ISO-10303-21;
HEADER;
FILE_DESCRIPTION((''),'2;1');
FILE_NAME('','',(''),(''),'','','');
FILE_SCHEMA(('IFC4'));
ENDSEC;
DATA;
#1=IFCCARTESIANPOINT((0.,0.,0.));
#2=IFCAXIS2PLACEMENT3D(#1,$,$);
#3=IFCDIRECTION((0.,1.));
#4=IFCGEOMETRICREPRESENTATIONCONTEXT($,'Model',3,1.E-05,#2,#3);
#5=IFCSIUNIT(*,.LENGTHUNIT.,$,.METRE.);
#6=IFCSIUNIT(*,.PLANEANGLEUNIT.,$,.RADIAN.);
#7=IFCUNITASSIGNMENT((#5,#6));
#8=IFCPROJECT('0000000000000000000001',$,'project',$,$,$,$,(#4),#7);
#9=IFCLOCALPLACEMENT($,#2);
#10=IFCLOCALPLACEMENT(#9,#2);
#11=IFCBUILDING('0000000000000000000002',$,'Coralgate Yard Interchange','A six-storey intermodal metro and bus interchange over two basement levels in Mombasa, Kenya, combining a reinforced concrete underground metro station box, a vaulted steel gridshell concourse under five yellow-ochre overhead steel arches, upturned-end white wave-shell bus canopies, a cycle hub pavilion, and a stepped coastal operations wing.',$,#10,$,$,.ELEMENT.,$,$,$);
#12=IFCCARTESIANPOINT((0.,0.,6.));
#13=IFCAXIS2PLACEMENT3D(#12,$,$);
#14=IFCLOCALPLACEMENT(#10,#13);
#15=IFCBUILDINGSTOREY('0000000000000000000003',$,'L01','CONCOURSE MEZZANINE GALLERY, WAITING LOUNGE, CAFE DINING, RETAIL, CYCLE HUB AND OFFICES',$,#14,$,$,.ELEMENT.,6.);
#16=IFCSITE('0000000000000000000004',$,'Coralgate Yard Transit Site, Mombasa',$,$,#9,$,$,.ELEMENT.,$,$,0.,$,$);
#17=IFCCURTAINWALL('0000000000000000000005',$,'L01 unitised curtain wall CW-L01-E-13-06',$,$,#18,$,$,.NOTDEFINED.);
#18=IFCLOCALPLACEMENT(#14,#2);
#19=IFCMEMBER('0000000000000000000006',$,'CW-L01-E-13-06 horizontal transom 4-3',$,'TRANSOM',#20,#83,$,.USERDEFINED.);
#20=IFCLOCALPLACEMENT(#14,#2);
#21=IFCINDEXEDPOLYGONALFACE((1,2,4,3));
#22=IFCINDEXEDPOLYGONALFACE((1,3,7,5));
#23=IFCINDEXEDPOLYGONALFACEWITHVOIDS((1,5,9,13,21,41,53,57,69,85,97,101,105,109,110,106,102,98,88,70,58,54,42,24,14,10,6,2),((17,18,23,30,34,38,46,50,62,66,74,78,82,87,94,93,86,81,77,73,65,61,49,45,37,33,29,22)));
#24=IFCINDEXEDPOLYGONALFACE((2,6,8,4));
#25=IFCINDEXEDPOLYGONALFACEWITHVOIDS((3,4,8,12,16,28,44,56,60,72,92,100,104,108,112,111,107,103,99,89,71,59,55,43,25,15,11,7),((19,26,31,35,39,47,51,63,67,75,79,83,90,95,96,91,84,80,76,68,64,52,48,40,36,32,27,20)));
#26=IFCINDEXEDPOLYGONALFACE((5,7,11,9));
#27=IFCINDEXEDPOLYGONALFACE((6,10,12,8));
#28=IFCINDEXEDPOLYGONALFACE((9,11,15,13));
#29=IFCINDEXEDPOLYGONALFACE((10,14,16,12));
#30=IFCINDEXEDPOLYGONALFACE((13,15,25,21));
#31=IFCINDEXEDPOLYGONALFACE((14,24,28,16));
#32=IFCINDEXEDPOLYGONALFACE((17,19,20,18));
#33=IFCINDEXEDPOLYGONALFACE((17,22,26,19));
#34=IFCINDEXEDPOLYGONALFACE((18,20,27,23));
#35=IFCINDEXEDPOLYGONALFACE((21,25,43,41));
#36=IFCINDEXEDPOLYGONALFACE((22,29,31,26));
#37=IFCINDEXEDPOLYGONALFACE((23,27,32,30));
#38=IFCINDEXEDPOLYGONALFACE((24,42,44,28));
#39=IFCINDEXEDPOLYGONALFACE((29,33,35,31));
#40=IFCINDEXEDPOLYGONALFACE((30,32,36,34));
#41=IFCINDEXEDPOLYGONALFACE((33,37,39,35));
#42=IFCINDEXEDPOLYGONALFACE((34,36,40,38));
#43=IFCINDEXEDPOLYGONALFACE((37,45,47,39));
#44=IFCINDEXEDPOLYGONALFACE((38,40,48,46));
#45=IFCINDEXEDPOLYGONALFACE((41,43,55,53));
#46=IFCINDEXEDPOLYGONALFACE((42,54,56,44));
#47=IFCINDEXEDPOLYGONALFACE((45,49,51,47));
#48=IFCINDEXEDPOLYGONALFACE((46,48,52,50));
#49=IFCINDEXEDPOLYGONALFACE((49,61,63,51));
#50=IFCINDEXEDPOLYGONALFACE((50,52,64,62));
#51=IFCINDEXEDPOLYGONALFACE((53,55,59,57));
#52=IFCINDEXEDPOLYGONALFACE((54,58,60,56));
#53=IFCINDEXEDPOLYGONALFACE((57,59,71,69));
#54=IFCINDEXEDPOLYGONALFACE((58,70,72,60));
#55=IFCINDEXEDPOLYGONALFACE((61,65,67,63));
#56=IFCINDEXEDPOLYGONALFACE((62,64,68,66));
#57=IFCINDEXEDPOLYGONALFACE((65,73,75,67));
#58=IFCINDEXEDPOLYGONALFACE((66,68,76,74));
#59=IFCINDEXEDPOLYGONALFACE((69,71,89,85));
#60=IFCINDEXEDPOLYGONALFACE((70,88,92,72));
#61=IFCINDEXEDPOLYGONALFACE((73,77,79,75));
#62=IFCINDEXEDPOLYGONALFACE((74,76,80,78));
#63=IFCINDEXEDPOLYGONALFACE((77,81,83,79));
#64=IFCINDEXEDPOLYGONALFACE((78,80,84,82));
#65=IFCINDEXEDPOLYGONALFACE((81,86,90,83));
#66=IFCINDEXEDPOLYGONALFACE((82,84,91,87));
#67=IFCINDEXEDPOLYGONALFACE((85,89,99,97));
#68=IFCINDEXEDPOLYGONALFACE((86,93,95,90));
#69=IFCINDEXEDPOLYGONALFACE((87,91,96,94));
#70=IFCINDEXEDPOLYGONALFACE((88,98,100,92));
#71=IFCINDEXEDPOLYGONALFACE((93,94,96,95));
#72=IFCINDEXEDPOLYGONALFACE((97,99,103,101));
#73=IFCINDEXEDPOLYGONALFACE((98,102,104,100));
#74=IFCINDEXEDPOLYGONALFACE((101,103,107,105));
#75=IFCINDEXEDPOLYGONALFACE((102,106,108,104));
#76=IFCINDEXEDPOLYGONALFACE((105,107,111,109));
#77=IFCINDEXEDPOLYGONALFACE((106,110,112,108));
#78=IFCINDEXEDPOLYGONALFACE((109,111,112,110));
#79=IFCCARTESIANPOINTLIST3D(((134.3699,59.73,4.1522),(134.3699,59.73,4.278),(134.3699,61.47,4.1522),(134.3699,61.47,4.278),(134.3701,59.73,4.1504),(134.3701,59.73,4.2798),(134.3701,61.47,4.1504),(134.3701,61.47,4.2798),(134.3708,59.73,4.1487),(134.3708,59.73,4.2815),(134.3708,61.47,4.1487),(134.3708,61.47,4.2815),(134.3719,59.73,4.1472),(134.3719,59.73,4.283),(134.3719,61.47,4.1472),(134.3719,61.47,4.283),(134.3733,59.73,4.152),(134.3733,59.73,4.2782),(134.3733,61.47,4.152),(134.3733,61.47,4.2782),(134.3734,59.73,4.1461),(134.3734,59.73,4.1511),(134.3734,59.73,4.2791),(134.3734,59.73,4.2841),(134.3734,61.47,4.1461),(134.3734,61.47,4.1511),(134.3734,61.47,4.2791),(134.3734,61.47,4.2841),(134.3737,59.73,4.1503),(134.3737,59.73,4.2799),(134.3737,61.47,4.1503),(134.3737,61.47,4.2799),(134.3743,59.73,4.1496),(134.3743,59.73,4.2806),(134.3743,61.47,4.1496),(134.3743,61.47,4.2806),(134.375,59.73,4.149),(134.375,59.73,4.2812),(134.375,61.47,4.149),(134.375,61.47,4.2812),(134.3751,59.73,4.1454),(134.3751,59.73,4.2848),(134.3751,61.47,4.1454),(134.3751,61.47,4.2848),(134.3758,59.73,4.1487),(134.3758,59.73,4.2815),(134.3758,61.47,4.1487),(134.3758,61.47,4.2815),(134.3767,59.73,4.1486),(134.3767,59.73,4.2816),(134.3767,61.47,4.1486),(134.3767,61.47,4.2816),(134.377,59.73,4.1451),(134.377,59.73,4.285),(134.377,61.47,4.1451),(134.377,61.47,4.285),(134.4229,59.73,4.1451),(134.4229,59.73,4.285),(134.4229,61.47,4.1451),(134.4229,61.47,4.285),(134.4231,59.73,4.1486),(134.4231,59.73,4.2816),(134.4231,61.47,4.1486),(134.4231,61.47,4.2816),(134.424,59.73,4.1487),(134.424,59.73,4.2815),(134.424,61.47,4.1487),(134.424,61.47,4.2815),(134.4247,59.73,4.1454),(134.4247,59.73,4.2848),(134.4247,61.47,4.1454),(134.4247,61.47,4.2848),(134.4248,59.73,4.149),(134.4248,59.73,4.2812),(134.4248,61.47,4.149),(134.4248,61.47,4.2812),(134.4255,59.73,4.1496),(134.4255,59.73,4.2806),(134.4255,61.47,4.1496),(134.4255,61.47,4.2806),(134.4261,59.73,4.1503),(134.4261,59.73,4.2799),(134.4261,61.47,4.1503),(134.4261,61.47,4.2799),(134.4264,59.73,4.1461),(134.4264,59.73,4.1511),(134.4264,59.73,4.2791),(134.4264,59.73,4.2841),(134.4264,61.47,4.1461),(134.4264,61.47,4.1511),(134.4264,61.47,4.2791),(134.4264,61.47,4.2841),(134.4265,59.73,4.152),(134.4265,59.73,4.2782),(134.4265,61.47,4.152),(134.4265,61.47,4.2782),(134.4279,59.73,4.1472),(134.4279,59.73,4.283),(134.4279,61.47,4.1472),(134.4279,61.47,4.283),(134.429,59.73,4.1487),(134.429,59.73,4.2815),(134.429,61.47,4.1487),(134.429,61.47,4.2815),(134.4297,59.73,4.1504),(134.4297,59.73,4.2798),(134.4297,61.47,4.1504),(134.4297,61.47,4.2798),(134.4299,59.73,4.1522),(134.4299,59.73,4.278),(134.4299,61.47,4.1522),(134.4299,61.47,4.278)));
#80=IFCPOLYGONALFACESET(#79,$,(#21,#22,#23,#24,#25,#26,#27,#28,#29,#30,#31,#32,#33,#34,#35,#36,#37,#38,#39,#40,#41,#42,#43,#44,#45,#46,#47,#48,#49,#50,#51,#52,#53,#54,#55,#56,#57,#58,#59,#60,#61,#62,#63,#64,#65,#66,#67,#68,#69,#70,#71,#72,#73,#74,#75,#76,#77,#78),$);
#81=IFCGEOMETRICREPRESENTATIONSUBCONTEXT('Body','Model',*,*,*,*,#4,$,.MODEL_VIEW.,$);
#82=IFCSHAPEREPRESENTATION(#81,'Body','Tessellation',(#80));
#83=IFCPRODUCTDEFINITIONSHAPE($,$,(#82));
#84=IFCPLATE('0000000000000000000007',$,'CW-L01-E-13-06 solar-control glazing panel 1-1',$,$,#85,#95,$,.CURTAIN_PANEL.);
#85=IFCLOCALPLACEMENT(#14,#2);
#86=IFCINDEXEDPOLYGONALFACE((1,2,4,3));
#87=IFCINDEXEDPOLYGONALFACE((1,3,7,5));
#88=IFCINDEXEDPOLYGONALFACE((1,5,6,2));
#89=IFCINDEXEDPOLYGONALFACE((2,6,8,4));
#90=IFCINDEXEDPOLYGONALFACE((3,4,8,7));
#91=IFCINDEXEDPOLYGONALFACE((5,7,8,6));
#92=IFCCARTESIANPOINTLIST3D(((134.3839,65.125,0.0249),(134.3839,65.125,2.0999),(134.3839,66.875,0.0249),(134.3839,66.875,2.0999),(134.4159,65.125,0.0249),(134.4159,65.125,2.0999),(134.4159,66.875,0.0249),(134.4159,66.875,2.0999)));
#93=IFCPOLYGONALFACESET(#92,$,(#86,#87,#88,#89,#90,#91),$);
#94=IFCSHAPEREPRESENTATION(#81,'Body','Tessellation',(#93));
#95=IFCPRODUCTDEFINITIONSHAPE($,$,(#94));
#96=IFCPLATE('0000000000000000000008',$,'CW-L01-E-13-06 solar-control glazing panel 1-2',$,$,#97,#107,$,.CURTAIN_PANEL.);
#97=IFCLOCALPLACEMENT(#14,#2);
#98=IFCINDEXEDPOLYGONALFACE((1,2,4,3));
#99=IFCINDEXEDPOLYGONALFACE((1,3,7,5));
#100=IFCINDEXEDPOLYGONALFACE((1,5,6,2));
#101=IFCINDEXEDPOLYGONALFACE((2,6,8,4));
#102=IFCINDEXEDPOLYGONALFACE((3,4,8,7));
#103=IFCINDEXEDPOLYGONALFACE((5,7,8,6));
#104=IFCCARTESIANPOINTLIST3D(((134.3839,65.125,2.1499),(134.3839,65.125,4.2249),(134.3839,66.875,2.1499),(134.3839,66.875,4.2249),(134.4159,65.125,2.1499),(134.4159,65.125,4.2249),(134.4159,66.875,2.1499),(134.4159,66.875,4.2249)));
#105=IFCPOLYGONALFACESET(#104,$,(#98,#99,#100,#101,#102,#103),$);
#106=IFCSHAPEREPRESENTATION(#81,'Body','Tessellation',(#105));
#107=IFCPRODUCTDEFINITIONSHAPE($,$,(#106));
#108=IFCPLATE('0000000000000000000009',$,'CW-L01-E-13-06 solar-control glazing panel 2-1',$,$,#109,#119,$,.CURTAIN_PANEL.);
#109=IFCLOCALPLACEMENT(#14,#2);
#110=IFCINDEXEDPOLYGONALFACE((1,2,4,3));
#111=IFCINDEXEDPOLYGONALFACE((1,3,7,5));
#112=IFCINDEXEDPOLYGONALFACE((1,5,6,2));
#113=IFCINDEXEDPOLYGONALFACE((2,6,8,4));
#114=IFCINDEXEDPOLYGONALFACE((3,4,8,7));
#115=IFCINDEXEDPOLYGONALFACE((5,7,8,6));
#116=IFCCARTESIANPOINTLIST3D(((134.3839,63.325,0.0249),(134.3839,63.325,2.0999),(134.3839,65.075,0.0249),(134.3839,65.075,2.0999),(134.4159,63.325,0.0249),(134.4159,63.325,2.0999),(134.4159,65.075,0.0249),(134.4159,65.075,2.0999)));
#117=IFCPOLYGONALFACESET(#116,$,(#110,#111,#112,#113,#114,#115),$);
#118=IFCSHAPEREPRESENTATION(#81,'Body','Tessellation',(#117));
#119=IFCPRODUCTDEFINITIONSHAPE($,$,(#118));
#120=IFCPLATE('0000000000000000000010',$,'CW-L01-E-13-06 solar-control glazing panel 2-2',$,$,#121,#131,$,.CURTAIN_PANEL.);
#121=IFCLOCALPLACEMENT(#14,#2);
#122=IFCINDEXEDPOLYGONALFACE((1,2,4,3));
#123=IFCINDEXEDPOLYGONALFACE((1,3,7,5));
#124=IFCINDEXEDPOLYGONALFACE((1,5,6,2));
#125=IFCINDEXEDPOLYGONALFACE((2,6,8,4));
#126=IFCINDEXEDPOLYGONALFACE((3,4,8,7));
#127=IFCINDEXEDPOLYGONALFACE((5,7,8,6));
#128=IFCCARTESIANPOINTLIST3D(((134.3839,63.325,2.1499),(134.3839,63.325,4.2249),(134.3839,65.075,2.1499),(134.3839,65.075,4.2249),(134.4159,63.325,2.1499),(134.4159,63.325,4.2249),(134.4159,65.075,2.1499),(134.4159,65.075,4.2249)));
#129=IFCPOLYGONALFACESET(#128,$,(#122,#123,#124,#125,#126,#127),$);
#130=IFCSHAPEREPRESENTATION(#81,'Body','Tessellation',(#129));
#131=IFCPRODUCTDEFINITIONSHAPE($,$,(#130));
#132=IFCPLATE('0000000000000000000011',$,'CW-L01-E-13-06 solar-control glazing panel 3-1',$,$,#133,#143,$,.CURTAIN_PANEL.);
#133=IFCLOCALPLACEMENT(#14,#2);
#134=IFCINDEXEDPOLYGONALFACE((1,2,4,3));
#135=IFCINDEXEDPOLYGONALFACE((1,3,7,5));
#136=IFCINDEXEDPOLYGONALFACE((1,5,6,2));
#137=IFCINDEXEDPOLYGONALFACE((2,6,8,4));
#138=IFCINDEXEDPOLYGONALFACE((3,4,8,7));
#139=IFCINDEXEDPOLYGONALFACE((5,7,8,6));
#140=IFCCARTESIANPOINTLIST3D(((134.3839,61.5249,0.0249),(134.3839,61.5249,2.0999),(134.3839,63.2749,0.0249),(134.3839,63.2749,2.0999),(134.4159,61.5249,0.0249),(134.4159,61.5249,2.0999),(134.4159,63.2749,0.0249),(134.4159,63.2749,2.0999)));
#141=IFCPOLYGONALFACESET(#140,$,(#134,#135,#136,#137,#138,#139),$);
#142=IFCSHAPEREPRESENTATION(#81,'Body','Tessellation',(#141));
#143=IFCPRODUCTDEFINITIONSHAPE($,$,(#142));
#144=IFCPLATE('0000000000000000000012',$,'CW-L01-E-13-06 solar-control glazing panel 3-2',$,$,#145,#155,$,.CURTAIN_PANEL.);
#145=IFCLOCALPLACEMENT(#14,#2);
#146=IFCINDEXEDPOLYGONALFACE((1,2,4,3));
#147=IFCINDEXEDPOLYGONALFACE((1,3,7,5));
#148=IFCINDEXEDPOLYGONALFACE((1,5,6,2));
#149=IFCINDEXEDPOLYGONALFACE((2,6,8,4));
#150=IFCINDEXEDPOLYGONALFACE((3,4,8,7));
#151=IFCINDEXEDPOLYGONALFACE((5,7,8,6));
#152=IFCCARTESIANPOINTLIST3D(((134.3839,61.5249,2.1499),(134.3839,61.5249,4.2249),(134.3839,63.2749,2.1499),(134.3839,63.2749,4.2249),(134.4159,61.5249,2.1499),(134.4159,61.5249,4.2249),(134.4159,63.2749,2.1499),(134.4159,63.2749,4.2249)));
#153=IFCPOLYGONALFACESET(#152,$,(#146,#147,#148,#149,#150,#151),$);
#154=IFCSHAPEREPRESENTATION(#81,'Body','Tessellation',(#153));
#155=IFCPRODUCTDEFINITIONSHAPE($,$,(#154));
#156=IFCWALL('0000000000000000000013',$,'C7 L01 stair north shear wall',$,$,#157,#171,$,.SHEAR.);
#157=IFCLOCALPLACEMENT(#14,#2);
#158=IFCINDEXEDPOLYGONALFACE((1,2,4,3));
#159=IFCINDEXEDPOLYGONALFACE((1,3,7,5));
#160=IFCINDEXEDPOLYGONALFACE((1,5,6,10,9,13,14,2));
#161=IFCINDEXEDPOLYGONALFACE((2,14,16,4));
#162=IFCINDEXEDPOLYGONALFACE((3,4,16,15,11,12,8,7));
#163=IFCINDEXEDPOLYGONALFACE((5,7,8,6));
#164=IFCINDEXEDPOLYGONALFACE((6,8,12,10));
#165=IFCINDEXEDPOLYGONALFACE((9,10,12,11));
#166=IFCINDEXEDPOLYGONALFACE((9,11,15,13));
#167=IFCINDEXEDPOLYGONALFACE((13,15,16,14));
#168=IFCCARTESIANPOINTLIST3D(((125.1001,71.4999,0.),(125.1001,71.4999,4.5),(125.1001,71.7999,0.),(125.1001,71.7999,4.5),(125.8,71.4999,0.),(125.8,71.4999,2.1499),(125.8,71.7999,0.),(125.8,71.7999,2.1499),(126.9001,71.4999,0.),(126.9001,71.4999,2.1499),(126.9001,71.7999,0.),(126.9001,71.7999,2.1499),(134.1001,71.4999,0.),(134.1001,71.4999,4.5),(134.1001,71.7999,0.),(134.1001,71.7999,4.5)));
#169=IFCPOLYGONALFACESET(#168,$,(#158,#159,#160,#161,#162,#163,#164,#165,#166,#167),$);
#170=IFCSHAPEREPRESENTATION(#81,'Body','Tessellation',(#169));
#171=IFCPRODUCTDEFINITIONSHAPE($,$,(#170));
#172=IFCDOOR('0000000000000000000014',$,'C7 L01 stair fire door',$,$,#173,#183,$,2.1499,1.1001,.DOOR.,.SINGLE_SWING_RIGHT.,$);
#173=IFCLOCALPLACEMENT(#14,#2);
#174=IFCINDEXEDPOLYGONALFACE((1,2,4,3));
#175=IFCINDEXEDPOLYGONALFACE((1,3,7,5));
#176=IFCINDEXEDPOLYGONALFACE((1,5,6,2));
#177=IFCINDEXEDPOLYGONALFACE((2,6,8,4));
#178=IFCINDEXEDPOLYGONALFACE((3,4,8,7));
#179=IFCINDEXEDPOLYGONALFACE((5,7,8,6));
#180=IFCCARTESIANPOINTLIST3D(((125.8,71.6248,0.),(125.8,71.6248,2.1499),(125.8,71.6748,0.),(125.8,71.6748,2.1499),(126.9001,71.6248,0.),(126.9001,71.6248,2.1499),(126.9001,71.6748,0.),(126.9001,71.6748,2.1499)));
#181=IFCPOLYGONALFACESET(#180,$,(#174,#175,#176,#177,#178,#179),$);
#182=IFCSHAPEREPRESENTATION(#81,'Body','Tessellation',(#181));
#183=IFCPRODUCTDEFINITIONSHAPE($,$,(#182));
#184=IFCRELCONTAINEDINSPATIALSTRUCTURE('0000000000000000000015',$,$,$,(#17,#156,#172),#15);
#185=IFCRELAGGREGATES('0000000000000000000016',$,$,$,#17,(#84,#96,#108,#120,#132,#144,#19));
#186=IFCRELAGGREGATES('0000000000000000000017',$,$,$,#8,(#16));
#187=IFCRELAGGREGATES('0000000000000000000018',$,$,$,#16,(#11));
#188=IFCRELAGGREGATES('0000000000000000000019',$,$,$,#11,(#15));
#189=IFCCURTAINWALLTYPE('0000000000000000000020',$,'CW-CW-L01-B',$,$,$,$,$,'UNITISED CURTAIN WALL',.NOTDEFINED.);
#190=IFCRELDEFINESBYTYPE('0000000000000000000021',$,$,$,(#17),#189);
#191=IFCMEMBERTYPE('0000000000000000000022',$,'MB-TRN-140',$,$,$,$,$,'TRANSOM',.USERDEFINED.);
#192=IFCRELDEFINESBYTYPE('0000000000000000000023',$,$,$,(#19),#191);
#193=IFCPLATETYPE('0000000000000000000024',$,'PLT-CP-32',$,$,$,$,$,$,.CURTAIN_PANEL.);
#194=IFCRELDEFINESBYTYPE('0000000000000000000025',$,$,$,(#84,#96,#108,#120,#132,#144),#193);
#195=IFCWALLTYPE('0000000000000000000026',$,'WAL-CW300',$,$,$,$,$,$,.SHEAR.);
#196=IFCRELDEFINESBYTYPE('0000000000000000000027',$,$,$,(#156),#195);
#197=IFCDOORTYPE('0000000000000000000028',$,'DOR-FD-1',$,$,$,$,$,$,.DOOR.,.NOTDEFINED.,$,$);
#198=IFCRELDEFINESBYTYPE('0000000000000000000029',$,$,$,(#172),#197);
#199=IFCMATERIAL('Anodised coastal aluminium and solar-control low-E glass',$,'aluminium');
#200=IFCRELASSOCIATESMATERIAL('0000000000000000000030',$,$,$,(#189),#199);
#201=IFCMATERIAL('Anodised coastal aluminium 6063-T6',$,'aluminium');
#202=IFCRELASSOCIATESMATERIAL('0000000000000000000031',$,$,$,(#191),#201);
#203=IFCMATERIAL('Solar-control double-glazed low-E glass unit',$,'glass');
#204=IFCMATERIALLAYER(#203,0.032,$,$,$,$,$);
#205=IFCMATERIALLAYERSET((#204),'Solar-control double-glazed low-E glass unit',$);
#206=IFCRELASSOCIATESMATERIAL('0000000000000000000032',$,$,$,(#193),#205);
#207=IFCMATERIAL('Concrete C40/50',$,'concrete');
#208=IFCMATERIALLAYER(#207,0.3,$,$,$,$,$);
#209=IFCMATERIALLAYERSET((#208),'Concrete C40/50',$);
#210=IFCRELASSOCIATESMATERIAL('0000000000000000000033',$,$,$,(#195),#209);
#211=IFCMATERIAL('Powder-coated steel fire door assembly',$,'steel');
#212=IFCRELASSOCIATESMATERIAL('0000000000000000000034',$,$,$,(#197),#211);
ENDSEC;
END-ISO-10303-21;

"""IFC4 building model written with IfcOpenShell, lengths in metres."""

from ifc_helpers import new_model, si_unit, direction, frame, frame_2d, origin, origin_2d, place, context, subcontext, project, spatial, rectangle, hollow_rectangle, extrude, material, layer, layer_set, material_profile, profile_set, type_object, element, fill, aggregate, save


model = new_model("IFC4")

# Units and contexts
model_context = context("Model", 3, precision=1e-05, world=origin(), true_north=direction((0.0, 1.0)))
body_context = subcontext(model_context, "Body", "Model", "MODEL_VIEW")
ifc_project = project(units=[si_unit("LENGTHUNIT", "METRE"), si_unit("PLANEANGLEUNIT", "RADIAN")], contexts=[model_context])

# Site, building, storey
site_placement = place(None, origin())
site = spatial("IfcSite", under=ifc_project, at=site_placement, Name="Coralgate Yard Transit Site, Mombasa", CompositionType="ELEMENT", RefElevation=0.0)
building_placement = place(site_placement, origin())
building = spatial("IfcBuilding", under=site, at=building_placement, Name="Coralgate Yard Interchange", Description="A six-storey intermodal metro and bus interchange over two basement levels in Mombasa, Kenya, combining a reinforced concrete underground metro station box, a vaulted steel gridshell concourse under five yellow-ochre overhead steel arches, upturned-end white wave-shell bus canopies, a cycle hub pavilion, and a stepped coastal operations wing.", CompositionType="ELEMENT")
storey_placement = place(building_placement, frame((0.0, 0.0, 6.0)))
storey = spatial("IfcBuildingStorey", under=building, at=storey_placement, Name="L01", Description="CONCOURSE MEZZANINE GALLERY, WAITING LOUNGE, CAFE DINING, RETAIL, CYCLE HUB AND OFFICES", CompositionType="ELEMENT", Elevation=6.0)

# Curtain wall, member, plates
ifc_material_1 = material(Name="Anodised coastal aluminium and solar-control low-E glass", Category="aluminium")
curtain_wall_type = type_object("IfcCurtainWallType", Name="CW-CW-L01-B", ElementType="UNITISED CURTAIN WALL", PredefinedType="NOTDEFINED", material=ifc_material_1)
curtain_wall_placement = place(storey_placement, origin())
curtain_wall = element("IfcCurtainWall", 1, at=curtain_wall_placement, inside=storey, type_object=curtain_wall_type, Name="L01 unitised curtain wall CW-L01-E-13-06", PredefinedType="NOTDEFINED")
ifc_material_2 = material(Name="Anodised coastal aluminium 6063-T6", Category="aluminium")
ifc_material_profile_1 = material_profile(ifc_material_2, hollow_rectangle(XDim=0.0601, YDim=0.1399, WallThickness=0.0034, InnerFilletRadius=0.0034, OuterFilletRadius=0.0071, at=origin_2d()), Name="ALU 60x140x3.5")
ifc_profile_set_1 = profile_set([ifc_material_profile_1], Name="Anodised coastal aluminium 6063-T6")
member_type_1 = type_object("IfcMemberType", Name="MB-TRN-140", ElementType="TRANSOM", PredefinedType="USERDEFINED", material=ifc_profile_set_1)
member_1_placement = place(storey_placement, frame((134.3999, 61.47, 4.2151), z_axis=(0.0, -1.0, 0.0), x_axis=(1.0, 0.0, 0.0)))
member_1 = element("IfcMember", 2, at=member_1_placement, type_object=member_type_1, Name="CW-L01-E-13-06 horizontal transom 4-3", ObjectType="TRANSOM", PredefinedType="USERDEFINED", context=body_context, shape_type="SweptSolid", body=[
    extrude(hollow_rectangle(XDim=0.0601, YDim=0.1399, WallThickness=0.0034, InnerFilletRadius=0.0034, OuterFilletRadius=0.0071, at=origin_2d()), origin(), (0.0, 0.0, 1.0), 1.74),
])
ifc_material_3 = material(Name="Solar-control double-glazed low-E glass unit", Category="glass")
ifc_layer_1 = layer(ifc_material_3, 0.032)
ifc_layer_set_1 = layer_set([ifc_layer_1], Name="Solar-control double-glazed low-E glass unit")
plate_type = type_object("IfcPlateType", Name="PLT-CP-32", PredefinedType="CURTAIN_PANEL", material=ifc_layer_set_1)
plate_1_placement = place(storey_placement, frame((134.3999, 66.0, 0.0249), z_axis=(0.0, 0.0, 1.0), x_axis=(0.0, -1.0, 0.0)))
plate_1 = element("IfcPlate", 3, at=plate_1_placement, type_object=plate_type, Name="CW-L01-E-13-06 solar-control glazing panel 1-1", PredefinedType="CURTAIN_PANEL", context=body_context, shape_type="SweptSolid", body=[
    extrude(rectangle(XDim=1.75, YDim=0.032, at=origin_2d()), origin(), (0.0, 0.0, 1.0), 2.075),
])
plate_2_placement = place(storey_placement, frame((134.3999, 66.0, 2.1499), z_axis=(0.0, 0.0, 1.0), x_axis=(0.0, -1.0, 0.0)))
plate_2 = element("IfcPlate", 4, at=plate_2_placement, type_object=plate_type, Name="CW-L01-E-13-06 solar-control glazing panel 1-2", PredefinedType="CURTAIN_PANEL", context=body_context, shape_type="SweptSolid", body=[
    extrude(rectangle(XDim=1.75, YDim=0.032, at=origin_2d()), origin(), (0.0, 0.0, 1.0), 2.075),
])
plate_3_placement = place(storey_placement, frame((134.3999, 64.2, 0.0249), z_axis=(0.0, 0.0, 1.0), x_axis=(0.0, -1.0, 0.0)))
plate_3 = element("IfcPlate", 5, at=plate_3_placement, type_object=plate_type, Name="CW-L01-E-13-06 solar-control glazing panel 2-1", PredefinedType="CURTAIN_PANEL", context=body_context, shape_type="SweptSolid", body=[
    extrude(rectangle(XDim=1.75, YDim=0.032, at=origin_2d()), origin(), (0.0, 0.0, 1.0), 2.075),
])
plate_4_placement = place(storey_placement, frame((134.3999, 64.2, 2.1499), z_axis=(0.0, 0.0, 1.0), x_axis=(0.0, -1.0, 0.0)))
plate_4 = element("IfcPlate", 6, at=plate_4_placement, type_object=plate_type, Name="CW-L01-E-13-06 solar-control glazing panel 2-2", PredefinedType="CURTAIN_PANEL", context=body_context, shape_type="SweptSolid", body=[
    extrude(rectangle(XDim=1.75, YDim=0.032, at=origin_2d()), origin(), (0.0, 0.0, 1.0), 2.075),
])
plate_5_placement = place(storey_placement, frame((134.3999, 62.3999, 0.0249), z_axis=(0.0, 0.0, 1.0), x_axis=(0.0, -1.0, 0.0)))
plate_5 = element("IfcPlate", 7, at=plate_5_placement, type_object=plate_type, Name="CW-L01-E-13-06 solar-control glazing panel 3-1", PredefinedType="CURTAIN_PANEL", context=body_context, shape_type="SweptSolid", body=[
    extrude(rectangle(XDim=1.75, YDim=0.032, at=origin_2d()), origin(), (0.0, 0.0, 1.0), 2.075),
])
plate_6_placement = place(storey_placement, frame((134.3999, 62.3999, 2.1499), z_axis=(0.0, 0.0, 1.0), x_axis=(0.0, -1.0, 0.0)))
plate_6 = element("IfcPlate", 8, at=plate_6_placement, type_object=plate_type, Name="CW-L01-E-13-06 solar-control glazing panel 3-2", PredefinedType="CURTAIN_PANEL", context=body_context, shape_type="SweptSolid", body=[
    extrude(rectangle(XDim=1.75, YDim=0.032, at=origin_2d()), origin(), (0.0, 0.0, 1.0), 2.075),
])
aggregate(curtain_wall, [plate_1, plate_2, plate_3, plate_4, plate_5, plate_6, member_1])

# Wall, opening, door
ifc_material_4 = material(Name="Concrete C40/50", Category="concrete")
ifc_layer_2 = layer(ifc_material_4, 0.3)
ifc_layer_set_2 = layer_set([ifc_layer_2], Name="Concrete C40/50")
wall_type = type_object("IfcWallType", Name="WAL-CW300", PredefinedType="SHEAR", material=ifc_layer_set_2)
wall_1_placement = place(storey_placement, frame((134.1001, 71.6499, 0.0), z_axis=(0.0, 0.0, 1.0), x_axis=(-1.0, 0.0, 0.0)))
wall_1 = element("IfcWall", 9, at=wall_1_placement, inside=storey, type_object=wall_type, Name="C7 L01 stair north shear wall", PredefinedType="SHEAR", context=body_context, shape_type="SweptSolid", body=[
    extrude(rectangle(XDim=9.0, YDim=0.3, at=frame_2d((4.5, 0.0))), origin(), (0.0, 0.0, 1.0), 4.5),
])
opening_placement = place(wall_1_placement, frame((7.2, 0.0, 0.0)))
opening = element("IfcOpeningElement", 10, at=opening_placement, cuts=wall_1, PredefinedType="OPENING", context=body_context, shape_type="SweptSolid", body=[
    extrude(rectangle(XDim=1.1001, YDim=2.1499, at=frame_2d((0.55, 1.075))), frame((0.0, 0.1599, 0.0), z_axis=(0.0, -1.0, 0.0), x_axis=(1.0, 0.0, 0.0)), (0.0, 0.0, 1.0), 0.3201),
])
ifc_material_5 = material(Name="Powder-coated steel fire door assembly", Category="steel")
door_type = type_object("IfcDoorType", Name="DOR-FD-1", OperationType="NOTDEFINED", PredefinedType="DOOR", material=ifc_material_5)
door_placement = place(opening_placement, frame((1.1001, 0.0, 0.0), z_axis=(0.0, 0.0, 1.0), x_axis=(-1.0, 0.0, 0.0)))
door = element("IfcDoor", 11, at=door_placement, inside=storey, type_object=door_type, Name="C7 L01 stair fire door", OperationType="SINGLE_SWING_RIGHT", OverallHeight=2.1499, OverallWidth=1.1001, PredefinedType="DOOR", context=body_context, shape_type="SweptSolid", body=[
    extrude(rectangle(XDim=1.1001, YDim=2.1499, at=frame_2d((0.55, 1.075))), frame((0.0, 0.0249, 0.0), z_axis=(0.0, -1.0, 0.0), x_axis=(1.0, 0.0, 0.0)), (0.0, 0.0, 1.0), 0.05),
])
fill(opening, door)

save(model, "model.ifc")
